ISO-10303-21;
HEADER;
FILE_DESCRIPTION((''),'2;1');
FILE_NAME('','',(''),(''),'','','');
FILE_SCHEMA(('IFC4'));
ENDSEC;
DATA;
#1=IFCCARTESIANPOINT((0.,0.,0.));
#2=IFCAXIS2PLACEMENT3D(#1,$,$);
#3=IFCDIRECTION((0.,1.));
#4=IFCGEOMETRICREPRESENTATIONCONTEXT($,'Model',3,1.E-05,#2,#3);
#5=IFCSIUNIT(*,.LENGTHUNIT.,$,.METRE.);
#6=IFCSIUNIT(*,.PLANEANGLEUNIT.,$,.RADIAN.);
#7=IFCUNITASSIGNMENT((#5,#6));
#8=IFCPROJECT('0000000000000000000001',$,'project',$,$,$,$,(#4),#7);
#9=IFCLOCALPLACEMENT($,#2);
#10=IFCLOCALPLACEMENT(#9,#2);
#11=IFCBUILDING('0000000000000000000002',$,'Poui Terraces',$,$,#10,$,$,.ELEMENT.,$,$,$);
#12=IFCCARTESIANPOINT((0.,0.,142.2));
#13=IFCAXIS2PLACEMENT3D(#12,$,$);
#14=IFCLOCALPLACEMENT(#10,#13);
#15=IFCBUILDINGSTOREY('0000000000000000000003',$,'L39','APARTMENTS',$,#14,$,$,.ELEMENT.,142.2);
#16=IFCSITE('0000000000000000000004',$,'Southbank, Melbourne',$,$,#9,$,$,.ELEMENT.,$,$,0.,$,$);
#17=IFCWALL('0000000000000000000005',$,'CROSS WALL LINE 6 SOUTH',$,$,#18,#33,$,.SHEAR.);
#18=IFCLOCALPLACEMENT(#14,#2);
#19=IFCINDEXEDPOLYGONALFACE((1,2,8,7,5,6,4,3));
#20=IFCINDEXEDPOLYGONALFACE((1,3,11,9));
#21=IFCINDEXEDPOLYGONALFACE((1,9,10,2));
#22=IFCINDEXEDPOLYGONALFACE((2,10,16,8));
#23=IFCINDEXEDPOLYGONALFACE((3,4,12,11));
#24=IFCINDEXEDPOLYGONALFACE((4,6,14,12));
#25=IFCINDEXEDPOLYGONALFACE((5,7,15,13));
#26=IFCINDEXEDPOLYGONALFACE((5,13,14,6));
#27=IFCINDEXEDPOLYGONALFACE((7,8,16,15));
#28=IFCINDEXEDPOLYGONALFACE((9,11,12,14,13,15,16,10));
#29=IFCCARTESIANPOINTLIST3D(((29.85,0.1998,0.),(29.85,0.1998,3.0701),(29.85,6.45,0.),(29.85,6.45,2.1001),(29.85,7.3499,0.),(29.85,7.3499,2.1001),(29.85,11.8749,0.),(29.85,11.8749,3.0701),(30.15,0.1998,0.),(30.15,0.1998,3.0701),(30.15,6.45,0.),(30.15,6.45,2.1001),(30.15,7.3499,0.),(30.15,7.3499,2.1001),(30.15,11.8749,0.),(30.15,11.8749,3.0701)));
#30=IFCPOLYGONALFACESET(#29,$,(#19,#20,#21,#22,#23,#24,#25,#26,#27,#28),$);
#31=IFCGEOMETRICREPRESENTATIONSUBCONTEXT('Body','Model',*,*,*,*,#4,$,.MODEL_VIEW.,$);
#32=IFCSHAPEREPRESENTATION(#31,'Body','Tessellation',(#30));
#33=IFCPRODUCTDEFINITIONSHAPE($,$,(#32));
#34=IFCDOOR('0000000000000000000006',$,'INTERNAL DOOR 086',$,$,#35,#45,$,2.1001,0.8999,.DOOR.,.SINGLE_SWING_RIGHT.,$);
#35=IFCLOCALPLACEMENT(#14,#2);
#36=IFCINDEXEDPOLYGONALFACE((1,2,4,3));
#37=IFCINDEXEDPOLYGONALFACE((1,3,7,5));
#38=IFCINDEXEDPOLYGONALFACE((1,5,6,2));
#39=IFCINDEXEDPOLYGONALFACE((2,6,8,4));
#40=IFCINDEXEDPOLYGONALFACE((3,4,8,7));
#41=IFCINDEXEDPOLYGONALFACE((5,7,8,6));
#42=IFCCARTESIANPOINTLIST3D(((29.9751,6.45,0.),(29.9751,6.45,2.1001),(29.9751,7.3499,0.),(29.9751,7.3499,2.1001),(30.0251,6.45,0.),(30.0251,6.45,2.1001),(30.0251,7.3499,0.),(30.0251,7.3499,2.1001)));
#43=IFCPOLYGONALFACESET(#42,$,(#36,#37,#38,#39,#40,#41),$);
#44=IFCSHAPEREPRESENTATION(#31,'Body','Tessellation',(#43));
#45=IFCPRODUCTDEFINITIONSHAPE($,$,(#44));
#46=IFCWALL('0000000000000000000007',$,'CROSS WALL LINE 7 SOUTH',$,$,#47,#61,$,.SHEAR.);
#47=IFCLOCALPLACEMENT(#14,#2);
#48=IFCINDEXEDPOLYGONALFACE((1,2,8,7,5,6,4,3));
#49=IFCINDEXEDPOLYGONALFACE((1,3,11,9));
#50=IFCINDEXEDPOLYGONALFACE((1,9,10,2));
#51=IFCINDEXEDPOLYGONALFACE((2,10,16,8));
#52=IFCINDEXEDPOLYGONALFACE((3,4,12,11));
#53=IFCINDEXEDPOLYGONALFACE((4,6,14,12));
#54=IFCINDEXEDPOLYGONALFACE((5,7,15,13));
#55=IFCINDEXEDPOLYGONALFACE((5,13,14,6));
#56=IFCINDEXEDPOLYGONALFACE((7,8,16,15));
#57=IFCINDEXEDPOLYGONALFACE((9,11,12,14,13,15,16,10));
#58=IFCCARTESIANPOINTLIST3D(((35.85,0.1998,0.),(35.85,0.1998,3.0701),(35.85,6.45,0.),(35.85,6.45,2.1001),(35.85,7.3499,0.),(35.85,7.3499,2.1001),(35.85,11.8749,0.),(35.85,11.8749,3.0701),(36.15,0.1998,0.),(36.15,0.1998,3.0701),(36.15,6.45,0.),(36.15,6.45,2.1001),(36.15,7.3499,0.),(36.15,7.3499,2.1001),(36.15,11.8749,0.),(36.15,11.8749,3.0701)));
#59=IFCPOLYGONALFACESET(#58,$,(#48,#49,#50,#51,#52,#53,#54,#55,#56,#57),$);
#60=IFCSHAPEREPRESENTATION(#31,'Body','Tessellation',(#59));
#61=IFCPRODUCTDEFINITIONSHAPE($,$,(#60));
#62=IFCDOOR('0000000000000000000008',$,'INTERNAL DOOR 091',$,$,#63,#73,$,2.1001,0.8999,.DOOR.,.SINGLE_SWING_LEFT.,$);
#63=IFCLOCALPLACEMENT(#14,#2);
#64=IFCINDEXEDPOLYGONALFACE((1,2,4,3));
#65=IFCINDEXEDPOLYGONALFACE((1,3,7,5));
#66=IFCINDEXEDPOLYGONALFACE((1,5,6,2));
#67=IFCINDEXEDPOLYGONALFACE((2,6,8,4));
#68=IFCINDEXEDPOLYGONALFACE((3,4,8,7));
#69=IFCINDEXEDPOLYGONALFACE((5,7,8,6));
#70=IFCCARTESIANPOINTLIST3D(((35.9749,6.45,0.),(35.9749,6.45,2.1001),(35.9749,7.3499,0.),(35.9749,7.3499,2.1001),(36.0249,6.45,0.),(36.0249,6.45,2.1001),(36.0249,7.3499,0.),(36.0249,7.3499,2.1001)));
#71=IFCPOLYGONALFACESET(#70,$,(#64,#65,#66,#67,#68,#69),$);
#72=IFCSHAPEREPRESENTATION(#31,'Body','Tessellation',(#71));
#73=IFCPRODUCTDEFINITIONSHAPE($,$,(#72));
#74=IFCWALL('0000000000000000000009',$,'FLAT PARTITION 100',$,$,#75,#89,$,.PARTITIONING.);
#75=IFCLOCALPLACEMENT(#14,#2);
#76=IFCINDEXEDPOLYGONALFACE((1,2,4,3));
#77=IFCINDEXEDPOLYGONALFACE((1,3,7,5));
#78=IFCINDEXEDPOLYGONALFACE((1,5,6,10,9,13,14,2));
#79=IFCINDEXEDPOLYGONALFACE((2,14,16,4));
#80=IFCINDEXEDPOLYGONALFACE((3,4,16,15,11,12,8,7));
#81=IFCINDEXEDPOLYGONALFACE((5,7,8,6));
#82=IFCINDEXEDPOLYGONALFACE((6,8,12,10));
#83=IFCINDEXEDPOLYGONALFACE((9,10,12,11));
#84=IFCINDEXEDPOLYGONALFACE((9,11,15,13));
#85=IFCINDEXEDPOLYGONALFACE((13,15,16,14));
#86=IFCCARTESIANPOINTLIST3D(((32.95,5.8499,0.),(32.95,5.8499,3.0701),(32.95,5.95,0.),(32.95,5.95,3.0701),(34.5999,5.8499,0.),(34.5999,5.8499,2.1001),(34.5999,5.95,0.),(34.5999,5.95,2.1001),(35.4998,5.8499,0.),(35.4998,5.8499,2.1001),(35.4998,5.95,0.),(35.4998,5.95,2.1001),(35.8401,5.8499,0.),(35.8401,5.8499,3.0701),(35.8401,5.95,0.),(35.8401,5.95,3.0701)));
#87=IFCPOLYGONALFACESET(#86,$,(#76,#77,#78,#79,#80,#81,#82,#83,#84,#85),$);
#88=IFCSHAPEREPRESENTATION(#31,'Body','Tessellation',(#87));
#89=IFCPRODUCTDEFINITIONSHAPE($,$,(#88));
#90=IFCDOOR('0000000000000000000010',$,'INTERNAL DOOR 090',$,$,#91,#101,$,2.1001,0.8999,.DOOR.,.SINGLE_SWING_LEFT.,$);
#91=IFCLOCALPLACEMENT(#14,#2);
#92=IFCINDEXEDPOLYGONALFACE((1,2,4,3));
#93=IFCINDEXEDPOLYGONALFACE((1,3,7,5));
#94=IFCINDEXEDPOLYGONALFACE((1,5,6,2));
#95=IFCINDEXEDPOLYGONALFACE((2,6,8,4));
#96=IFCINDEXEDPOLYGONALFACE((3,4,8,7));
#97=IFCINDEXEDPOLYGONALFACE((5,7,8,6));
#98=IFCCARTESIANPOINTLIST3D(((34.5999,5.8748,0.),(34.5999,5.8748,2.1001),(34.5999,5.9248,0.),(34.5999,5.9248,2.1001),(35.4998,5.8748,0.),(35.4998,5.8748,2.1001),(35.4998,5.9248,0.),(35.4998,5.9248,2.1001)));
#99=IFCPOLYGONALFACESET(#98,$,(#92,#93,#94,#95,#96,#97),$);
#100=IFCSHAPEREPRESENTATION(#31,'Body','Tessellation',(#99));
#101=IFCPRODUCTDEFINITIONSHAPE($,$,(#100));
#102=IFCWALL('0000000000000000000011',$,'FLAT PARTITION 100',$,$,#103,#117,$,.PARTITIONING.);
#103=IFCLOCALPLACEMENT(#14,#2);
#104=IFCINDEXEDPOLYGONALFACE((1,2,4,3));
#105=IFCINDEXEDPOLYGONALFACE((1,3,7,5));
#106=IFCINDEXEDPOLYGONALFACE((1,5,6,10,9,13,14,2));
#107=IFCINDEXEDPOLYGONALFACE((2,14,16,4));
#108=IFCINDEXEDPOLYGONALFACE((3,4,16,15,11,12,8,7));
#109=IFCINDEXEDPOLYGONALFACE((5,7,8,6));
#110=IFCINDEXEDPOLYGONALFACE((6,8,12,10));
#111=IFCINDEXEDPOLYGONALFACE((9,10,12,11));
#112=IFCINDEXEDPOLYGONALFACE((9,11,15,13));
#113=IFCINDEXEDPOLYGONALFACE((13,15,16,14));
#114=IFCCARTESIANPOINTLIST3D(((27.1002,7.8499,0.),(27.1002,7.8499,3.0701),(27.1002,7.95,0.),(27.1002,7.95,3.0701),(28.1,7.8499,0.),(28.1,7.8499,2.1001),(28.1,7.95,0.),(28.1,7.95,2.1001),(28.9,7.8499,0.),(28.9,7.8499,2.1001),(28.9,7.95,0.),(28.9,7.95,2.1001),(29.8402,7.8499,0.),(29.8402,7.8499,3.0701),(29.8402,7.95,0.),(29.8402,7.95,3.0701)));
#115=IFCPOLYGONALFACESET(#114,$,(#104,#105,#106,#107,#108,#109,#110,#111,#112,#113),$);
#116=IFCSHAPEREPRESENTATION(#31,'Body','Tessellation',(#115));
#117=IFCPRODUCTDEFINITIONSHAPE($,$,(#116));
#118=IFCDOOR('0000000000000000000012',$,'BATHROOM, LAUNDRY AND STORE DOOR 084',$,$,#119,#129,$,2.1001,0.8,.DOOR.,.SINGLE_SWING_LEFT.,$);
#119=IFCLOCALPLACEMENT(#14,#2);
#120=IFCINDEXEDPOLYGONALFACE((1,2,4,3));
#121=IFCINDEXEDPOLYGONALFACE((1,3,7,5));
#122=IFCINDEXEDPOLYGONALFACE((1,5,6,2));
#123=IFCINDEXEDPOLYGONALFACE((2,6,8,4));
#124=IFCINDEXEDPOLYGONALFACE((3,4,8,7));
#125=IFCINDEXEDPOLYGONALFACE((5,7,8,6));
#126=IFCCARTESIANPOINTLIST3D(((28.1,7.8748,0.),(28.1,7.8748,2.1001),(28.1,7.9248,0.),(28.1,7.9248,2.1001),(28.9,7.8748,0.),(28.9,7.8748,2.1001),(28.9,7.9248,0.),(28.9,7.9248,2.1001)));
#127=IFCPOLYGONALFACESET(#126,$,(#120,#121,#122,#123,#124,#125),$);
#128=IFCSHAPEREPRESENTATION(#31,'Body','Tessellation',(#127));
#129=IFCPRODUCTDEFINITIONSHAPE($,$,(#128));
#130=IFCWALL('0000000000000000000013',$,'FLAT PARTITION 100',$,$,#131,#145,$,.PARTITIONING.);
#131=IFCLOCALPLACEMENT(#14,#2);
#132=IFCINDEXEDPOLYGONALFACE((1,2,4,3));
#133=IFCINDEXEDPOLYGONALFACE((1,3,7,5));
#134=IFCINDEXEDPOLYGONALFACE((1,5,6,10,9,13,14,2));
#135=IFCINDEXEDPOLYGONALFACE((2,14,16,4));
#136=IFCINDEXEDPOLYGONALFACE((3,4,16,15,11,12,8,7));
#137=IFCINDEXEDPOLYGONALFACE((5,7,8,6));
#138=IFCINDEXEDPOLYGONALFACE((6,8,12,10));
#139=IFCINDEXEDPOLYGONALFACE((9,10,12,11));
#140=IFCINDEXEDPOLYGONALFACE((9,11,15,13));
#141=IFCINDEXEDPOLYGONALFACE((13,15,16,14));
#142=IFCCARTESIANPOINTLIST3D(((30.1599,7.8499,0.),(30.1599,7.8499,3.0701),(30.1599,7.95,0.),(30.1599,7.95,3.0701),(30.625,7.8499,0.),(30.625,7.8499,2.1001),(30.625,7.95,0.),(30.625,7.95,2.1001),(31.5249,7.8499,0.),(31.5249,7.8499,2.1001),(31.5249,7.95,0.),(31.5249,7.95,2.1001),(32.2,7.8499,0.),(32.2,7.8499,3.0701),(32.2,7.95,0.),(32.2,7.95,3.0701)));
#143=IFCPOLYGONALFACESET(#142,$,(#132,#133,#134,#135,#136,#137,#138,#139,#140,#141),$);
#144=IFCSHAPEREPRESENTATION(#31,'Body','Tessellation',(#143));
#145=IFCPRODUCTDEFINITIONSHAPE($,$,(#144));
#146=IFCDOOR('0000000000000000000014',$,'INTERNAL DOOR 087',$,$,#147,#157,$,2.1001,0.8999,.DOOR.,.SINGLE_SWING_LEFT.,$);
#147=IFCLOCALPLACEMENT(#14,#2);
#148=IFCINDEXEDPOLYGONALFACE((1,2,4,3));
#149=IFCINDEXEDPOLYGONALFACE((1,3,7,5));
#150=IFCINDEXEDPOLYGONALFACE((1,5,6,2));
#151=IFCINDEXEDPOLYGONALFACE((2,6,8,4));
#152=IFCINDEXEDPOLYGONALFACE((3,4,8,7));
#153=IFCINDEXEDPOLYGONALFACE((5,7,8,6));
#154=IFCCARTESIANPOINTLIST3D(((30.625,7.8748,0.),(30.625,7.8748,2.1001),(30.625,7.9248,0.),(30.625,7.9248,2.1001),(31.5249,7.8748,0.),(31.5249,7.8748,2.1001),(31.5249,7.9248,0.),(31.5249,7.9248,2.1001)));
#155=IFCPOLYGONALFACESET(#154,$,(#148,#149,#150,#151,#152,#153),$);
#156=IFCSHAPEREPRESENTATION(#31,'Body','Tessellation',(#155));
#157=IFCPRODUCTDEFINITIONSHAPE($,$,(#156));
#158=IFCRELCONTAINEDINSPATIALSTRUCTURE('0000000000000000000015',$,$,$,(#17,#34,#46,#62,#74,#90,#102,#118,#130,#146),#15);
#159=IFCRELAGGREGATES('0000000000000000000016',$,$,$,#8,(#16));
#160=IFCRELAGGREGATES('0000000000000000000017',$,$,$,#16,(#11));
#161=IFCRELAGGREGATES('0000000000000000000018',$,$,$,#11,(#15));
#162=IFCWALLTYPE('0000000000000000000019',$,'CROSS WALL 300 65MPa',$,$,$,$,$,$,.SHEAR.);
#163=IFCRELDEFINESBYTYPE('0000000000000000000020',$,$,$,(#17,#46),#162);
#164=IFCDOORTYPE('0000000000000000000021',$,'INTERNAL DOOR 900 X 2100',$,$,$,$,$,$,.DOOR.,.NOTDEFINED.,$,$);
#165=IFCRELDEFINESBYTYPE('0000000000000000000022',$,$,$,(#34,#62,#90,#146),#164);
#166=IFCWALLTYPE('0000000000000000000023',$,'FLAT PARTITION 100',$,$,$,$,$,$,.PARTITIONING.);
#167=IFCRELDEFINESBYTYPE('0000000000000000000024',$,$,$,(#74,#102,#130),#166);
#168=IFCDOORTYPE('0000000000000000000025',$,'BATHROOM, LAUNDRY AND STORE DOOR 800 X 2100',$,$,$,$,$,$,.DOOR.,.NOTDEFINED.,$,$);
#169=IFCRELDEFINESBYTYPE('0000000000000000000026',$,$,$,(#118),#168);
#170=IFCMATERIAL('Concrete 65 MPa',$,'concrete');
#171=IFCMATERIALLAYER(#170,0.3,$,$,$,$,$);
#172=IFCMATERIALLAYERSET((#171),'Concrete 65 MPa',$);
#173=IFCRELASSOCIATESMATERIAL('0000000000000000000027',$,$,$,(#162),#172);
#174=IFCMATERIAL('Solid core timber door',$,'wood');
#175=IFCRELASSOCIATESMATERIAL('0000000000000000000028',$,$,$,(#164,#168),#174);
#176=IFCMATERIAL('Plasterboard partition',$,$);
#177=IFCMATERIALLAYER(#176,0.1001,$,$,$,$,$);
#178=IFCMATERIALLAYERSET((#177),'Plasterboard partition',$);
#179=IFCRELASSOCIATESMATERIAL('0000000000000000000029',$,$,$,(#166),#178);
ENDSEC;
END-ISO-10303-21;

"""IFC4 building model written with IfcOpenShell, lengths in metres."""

from ifc_helpers import new_model, si_unit, direction, frame, frame_2d, origin, place, context, subcontext, project, spatial, rectangle, extrude, material, layer, layer_set, type_object, element, fill, save


model = new_model("IFC4")

# Units and contexts
model_context = context("Model", 3, precision=1e-05, world=origin(), true_north=direction((0.0, 1.0)))
body_context = subcontext(model_context, "Body", "Model", "MODEL_VIEW")
ifc_project = project(units=[si_unit("LENGTHUNIT", "METRE"), si_unit("PLANEANGLEUNIT", "RADIAN")], contexts=[model_context])

# Site, building, storey
site_placement = place(None, origin())
site = spatial("IfcSite", under=ifc_project, at=site_placement, Name="Southbank, Melbourne", CompositionType="ELEMENT", RefElevation=0.0)
building_placement = place(site_placement, origin())
building = spatial("IfcBuilding", under=site, at=building_placement, Name="Poui Terraces", CompositionType="ELEMENT")
storey_placement = place(building_placement, frame((0.0, 0.0, 142.2)))
storey = spatial("IfcBuildingStorey", under=building, at=storey_placement, Name="L39", Description="APARTMENTS", CompositionType="ELEMENT", Elevation=142.2)

# Walls, openings, doors
ifc_material_1 = material(Name="Concrete 65 MPa", Category="concrete")
ifc_layer_1 = layer(ifc_material_1, 0.3)
ifc_layer_set_1 = layer_set([ifc_layer_1], Name="Concrete 65 MPa")
wall_type_1 = type_object("IfcWallType", Name="CROSS WALL 300 65MPa", PredefinedType="SHEAR", material=ifc_layer_set_1)
wall_1_placement = place(storey_placement, frame((30.0, 0.2, 0.0), z_axis=(0.0, 0.0, 1.0), x_axis=(0.0, 1.0, 0.0)))
wall_1 = element("IfcWall", 1, at=wall_1_placement, inside=storey, type_object=wall_type_1, Name="CROSS WALL LINE 6 SOUTH", PredefinedType="SHEAR", context=body_context, shape_type="SweptSolid", body=[
    extrude(rectangle(XDim=11.675, YDim=0.3, at=frame_2d((5.8374, 0.0))), origin(), (0.0, 0.0, 1.0), 3.0701),
])
opening_1_placement = place(wall_1_placement, frame((6.25, 0.0, 0.0)))
opening_1 = element("IfcOpeningElement", 2, at=opening_1_placement, cuts=wall_1, PredefinedType="OPENING", context=body_context, shape_type="SweptSolid", body=[
    extrude(rectangle(XDim=0.8999, YDim=2.1001, at=frame_2d((0.45, 1.05))), frame((0.0, 0.1602, 0.0), z_axis=(0.0, -1.0, 0.0), x_axis=(1.0, 0.0, 0.0)), (0.0, 0.0, 1.0), 0.3201),
])
ifc_material_2 = material(Name="Solid core timber door", Category="wood")
door_type_1 = type_object("IfcDoorType", Name="INTERNAL DOOR 900 X 2100", OperationType="NOTDEFINED", PredefinedType="DOOR", material=ifc_material_2)
door_1_placement = place(opening_1_placement, origin())
door_1 = element("IfcDoor", 3, at=door_1_placement, inside=storey, type_object=door_type_1, Name="INTERNAL DOOR 086", OperationType="SINGLE_SWING_RIGHT", OverallHeight=2.1001, OverallWidth=0.8999, PredefinedType="DOOR", context=body_context, shape_type="SweptSolid", body=[
    extrude(rectangle(XDim=0.8999, YDim=2.1001, at=frame_2d((0.45, 1.05))), frame((0.0, 0.0249, 0.0), z_axis=(0.0, -1.0, 0.0), x_axis=(1.0, 0.0, 0.0)), (0.0, 0.0, 1.0), 0.05),
])
fill(opening_1, door_1)
wall_2_placement = place(storey_placement, frame((36.0, 0.2, 0.0), z_axis=(0.0, 0.0, 1.0), x_axis=(0.0, 1.0, 0.0)))
wall_2 = element("IfcWall", 4, at=wall_2_placement, inside=storey, type_object=wall_type_1, Name="CROSS WALL LINE 7 SOUTH", PredefinedType="SHEAR", context=body_context, shape_type="SweptSolid", body=[
    extrude(rectangle(XDim=11.675, YDim=0.3, at=frame_2d((5.8374, 0.0))), origin(), (0.0, 0.0, 1.0), 3.0701),
])
opening_2_placement = place(wall_2_placement, frame((6.25, 0.0, 0.0)))
opening_2 = element("IfcOpeningElement", 5, at=opening_2_placement, cuts=wall_2, PredefinedType="OPENING", context=body_context, shape_type="SweptSolid", body=[
    extrude(rectangle(XDim=0.8999, YDim=2.1001, at=frame_2d((0.45, 1.05))), frame((0.0, 0.1602, 0.0), z_axis=(0.0, -1.0, 0.0), x_axis=(1.0, 0.0, 0.0)), (0.0, 0.0, 1.0), 0.3201),
])
door_2_placement = place(opening_2_placement, frame((0.8999, 0.0, 0.0), z_axis=(0.0, 0.0, 1.0), x_axis=(-1.0, 0.0, 0.0)))
door_2 = element("IfcDoor", 6, at=door_2_placement, inside=storey, type_object=door_type_1, Name="INTERNAL DOOR 091", OperationType="SINGLE_SWING_LEFT", OverallHeight=2.1001, OverallWidth=0.8999, PredefinedType="DOOR", context=body_context, shape_type="SweptSolid", body=[
    extrude(rectangle(XDim=0.8999, YDim=2.1001, at=frame_2d((0.45, 1.05))), frame((0.0, 0.0249, 0.0), z_axis=(0.0, -1.0, 0.0), x_axis=(1.0, 0.0, 0.0)), (0.0, 0.0, 1.0), 0.05),
])
fill(opening_2, door_2)
ifc_material_3 = material(Name="Plasterboard partition")
ifc_layer_2 = layer(ifc_material_3, 0.1001)
ifc_layer_set_2 = layer_set([ifc_layer_2], Name="Plasterboard partition")
wall_type_2 = type_object("IfcWallType", Name="FLAT PARTITION 100", PredefinedType="PARTITIONING", material=ifc_layer_set_2)
wall_3_placement = place(storey_placement, frame((32.95, 5.8999, 0.0), z_axis=(0.0, 0.0, 1.0), x_axis=(1.0, 0.0, 0.0)))
wall_3 = element("IfcWall", 7, at=wall_3_placement, inside=storey, type_object=wall_type_2, Name="FLAT PARTITION 100", PredefinedType="PARTITIONING", context=body_context, shape_type="SweptSolid", body=[
    extrude(rectangle(XDim=2.8901, YDim=0.1001, at=frame_2d((1.4451, 0.0))), origin(), (0.0, 0.0, 1.0), 3.0701),
])
opening_3_placement = place(wall_3_placement, frame((1.6499, 0.0, 0.0)))
opening_3 = element("IfcOpeningElement", 8, at=opening_3_placement, cuts=wall_3, PredefinedType="OPENING", context=body_context, shape_type="SweptSolid", body=[
    extrude(rectangle(XDim=0.8999, YDim=2.1001, at=frame_2d((0.45, 1.05))), frame((0.0, 0.0601, 0.0), z_axis=(0.0, -1.0, 0.0), x_axis=(1.0, 0.0, 0.0)), (0.0, 0.0, 1.0), 0.1201),
])
door_3_placement = place(opening_3_placement, origin())
door_3 = element("IfcDoor", 9, at=door_3_placement, inside=storey, type_object=door_type_1, Name="INTERNAL DOOR 090", OperationType="SINGLE_SWING_LEFT", OverallHeight=2.1001, OverallWidth=0.8999, PredefinedType="DOOR", context=body_context, shape_type="SweptSolid", body=[
    extrude(rectangle(XDim=0.8999, YDim=2.1001, at=frame_2d((0.45, 1.05))), frame((0.0, 0.0249, 0.0), z_axis=(0.0, -1.0, 0.0), x_axis=(1.0, 0.0, 0.0)), (0.0, 0.0, 1.0), 0.05),
])
fill(opening_3, door_3)
wall_4_placement = place(storey_placement, frame((27.1001, 7.8999, 0.0), z_axis=(0.0, 0.0, 1.0), x_axis=(1.0, 0.0, 0.0)))
wall_4 = element("IfcWall", 10, at=wall_4_placement, inside=storey, type_object=wall_type_2, Name="FLAT PARTITION 100", PredefinedType="PARTITIONING", context=body_context, shape_type="SweptSolid", body=[
    extrude(rectangle(XDim=2.74, YDim=0.1001, at=frame_2d((1.3701, 0.0))), origin(), (0.0, 0.0, 1.0), 3.0701),
])
opening_4_placement = place(wall_4_placement, frame((1.0, 0.0, 0.0)))
opening_4 = element("IfcOpeningElement", 11, at=opening_4_placement, cuts=wall_4, PredefinedType="OPENING", context=body_context, shape_type="SweptSolid", body=[
    extrude(rectangle(XDim=0.8, YDim=2.1001, at=frame_2d((0.3999, 1.05))), frame((0.0, 0.0601, 0.0), z_axis=(0.0, -1.0, 0.0), x_axis=(1.0, 0.0, 0.0)), (0.0, 0.0, 1.0), 0.1201),
])
door_type_2 = type_object("IfcDoorType", Name="BATHROOM, LAUNDRY AND STORE DOOR 800 X 2100", OperationType="NOTDEFINED", PredefinedType="DOOR", material=ifc_material_2)
door_4_placement = place(opening_4_placement, origin())
door_4 = element("IfcDoor", 12, at=door_4_placement, inside=storey, type_object=door_type_2, Name="BATHROOM, LAUNDRY AND STORE DOOR 084", OperationType="SINGLE_SWING_LEFT", OverallHeight=2.1001, OverallWidth=0.8, PredefinedType="DOOR", context=body_context, shape_type="SweptSolid", body=[
    extrude(rectangle(XDim=0.8, YDim=2.1001, at=frame_2d((0.3999, 1.05))), frame((0.0, 0.0249, 0.0), z_axis=(0.0, -1.0, 0.0), x_axis=(1.0, 0.0, 0.0)), (0.0, 0.0, 1.0), 0.05),
])
fill(opening_4, door_4)
wall_5_placement = place(storey_placement, frame((30.1599, 7.8999, 0.0), z_axis=(0.0, 0.0, 1.0), x_axis=(1.0, 0.0, 0.0)))
wall_5 = element("IfcWall", 13, at=wall_5_placement, inside=storey, type_object=wall_type_2, Name="FLAT PARTITION 100", PredefinedType="PARTITIONING", context=body_context, shape_type="SweptSolid", body=[
    extrude(rectangle(XDim=2.04, YDim=0.1001, at=frame_2d((1.02, 0.0))), origin(), (0.0, 0.0, 1.0), 3.0701),
])
opening_5_placement = place(wall_5_placement, frame((0.4651, 0.0, 0.0)))
opening_5 = element("IfcOpeningElement", 14, at=opening_5_placement, cuts=wall_5, PredefinedType="OPENING", context=body_context, shape_type="SweptSolid", body=[
    extrude(rectangle(XDim=0.8999, YDim=2.1001, at=frame_2d((0.45, 1.05))), frame((0.0, 0.0601, 0.0), z_axis=(0.0, -1.0, 0.0), x_axis=(1.0, 0.0, 0.0)), (0.0, 0.0, 1.0), 0.1201),
])
door_5_placement = place(opening_5_placement, origin())
door_5 = element("IfcDoor", 15, at=door_5_placement, inside=storey, type_object=door_type_1, Name="INTERNAL DOOR 087", OperationType="SINGLE_SWING_LEFT", OverallHeight=2.1001, OverallWidth=0.8999, PredefinedType="DOOR", context=body_context, shape_type="SweptSolid", body=[
    extrude(rectangle(XDim=0.8999, YDim=2.1001, at=frame_2d((0.45, 1.05))), frame((0.0, 0.0249, 0.0), z_axis=(0.0, -1.0, 0.0), x_axis=(1.0, 0.0, 0.0)), (0.0, 0.0, 1.0), 0.05),
])
fill(opening_5, door_5)

save(model, "model.ifc")
